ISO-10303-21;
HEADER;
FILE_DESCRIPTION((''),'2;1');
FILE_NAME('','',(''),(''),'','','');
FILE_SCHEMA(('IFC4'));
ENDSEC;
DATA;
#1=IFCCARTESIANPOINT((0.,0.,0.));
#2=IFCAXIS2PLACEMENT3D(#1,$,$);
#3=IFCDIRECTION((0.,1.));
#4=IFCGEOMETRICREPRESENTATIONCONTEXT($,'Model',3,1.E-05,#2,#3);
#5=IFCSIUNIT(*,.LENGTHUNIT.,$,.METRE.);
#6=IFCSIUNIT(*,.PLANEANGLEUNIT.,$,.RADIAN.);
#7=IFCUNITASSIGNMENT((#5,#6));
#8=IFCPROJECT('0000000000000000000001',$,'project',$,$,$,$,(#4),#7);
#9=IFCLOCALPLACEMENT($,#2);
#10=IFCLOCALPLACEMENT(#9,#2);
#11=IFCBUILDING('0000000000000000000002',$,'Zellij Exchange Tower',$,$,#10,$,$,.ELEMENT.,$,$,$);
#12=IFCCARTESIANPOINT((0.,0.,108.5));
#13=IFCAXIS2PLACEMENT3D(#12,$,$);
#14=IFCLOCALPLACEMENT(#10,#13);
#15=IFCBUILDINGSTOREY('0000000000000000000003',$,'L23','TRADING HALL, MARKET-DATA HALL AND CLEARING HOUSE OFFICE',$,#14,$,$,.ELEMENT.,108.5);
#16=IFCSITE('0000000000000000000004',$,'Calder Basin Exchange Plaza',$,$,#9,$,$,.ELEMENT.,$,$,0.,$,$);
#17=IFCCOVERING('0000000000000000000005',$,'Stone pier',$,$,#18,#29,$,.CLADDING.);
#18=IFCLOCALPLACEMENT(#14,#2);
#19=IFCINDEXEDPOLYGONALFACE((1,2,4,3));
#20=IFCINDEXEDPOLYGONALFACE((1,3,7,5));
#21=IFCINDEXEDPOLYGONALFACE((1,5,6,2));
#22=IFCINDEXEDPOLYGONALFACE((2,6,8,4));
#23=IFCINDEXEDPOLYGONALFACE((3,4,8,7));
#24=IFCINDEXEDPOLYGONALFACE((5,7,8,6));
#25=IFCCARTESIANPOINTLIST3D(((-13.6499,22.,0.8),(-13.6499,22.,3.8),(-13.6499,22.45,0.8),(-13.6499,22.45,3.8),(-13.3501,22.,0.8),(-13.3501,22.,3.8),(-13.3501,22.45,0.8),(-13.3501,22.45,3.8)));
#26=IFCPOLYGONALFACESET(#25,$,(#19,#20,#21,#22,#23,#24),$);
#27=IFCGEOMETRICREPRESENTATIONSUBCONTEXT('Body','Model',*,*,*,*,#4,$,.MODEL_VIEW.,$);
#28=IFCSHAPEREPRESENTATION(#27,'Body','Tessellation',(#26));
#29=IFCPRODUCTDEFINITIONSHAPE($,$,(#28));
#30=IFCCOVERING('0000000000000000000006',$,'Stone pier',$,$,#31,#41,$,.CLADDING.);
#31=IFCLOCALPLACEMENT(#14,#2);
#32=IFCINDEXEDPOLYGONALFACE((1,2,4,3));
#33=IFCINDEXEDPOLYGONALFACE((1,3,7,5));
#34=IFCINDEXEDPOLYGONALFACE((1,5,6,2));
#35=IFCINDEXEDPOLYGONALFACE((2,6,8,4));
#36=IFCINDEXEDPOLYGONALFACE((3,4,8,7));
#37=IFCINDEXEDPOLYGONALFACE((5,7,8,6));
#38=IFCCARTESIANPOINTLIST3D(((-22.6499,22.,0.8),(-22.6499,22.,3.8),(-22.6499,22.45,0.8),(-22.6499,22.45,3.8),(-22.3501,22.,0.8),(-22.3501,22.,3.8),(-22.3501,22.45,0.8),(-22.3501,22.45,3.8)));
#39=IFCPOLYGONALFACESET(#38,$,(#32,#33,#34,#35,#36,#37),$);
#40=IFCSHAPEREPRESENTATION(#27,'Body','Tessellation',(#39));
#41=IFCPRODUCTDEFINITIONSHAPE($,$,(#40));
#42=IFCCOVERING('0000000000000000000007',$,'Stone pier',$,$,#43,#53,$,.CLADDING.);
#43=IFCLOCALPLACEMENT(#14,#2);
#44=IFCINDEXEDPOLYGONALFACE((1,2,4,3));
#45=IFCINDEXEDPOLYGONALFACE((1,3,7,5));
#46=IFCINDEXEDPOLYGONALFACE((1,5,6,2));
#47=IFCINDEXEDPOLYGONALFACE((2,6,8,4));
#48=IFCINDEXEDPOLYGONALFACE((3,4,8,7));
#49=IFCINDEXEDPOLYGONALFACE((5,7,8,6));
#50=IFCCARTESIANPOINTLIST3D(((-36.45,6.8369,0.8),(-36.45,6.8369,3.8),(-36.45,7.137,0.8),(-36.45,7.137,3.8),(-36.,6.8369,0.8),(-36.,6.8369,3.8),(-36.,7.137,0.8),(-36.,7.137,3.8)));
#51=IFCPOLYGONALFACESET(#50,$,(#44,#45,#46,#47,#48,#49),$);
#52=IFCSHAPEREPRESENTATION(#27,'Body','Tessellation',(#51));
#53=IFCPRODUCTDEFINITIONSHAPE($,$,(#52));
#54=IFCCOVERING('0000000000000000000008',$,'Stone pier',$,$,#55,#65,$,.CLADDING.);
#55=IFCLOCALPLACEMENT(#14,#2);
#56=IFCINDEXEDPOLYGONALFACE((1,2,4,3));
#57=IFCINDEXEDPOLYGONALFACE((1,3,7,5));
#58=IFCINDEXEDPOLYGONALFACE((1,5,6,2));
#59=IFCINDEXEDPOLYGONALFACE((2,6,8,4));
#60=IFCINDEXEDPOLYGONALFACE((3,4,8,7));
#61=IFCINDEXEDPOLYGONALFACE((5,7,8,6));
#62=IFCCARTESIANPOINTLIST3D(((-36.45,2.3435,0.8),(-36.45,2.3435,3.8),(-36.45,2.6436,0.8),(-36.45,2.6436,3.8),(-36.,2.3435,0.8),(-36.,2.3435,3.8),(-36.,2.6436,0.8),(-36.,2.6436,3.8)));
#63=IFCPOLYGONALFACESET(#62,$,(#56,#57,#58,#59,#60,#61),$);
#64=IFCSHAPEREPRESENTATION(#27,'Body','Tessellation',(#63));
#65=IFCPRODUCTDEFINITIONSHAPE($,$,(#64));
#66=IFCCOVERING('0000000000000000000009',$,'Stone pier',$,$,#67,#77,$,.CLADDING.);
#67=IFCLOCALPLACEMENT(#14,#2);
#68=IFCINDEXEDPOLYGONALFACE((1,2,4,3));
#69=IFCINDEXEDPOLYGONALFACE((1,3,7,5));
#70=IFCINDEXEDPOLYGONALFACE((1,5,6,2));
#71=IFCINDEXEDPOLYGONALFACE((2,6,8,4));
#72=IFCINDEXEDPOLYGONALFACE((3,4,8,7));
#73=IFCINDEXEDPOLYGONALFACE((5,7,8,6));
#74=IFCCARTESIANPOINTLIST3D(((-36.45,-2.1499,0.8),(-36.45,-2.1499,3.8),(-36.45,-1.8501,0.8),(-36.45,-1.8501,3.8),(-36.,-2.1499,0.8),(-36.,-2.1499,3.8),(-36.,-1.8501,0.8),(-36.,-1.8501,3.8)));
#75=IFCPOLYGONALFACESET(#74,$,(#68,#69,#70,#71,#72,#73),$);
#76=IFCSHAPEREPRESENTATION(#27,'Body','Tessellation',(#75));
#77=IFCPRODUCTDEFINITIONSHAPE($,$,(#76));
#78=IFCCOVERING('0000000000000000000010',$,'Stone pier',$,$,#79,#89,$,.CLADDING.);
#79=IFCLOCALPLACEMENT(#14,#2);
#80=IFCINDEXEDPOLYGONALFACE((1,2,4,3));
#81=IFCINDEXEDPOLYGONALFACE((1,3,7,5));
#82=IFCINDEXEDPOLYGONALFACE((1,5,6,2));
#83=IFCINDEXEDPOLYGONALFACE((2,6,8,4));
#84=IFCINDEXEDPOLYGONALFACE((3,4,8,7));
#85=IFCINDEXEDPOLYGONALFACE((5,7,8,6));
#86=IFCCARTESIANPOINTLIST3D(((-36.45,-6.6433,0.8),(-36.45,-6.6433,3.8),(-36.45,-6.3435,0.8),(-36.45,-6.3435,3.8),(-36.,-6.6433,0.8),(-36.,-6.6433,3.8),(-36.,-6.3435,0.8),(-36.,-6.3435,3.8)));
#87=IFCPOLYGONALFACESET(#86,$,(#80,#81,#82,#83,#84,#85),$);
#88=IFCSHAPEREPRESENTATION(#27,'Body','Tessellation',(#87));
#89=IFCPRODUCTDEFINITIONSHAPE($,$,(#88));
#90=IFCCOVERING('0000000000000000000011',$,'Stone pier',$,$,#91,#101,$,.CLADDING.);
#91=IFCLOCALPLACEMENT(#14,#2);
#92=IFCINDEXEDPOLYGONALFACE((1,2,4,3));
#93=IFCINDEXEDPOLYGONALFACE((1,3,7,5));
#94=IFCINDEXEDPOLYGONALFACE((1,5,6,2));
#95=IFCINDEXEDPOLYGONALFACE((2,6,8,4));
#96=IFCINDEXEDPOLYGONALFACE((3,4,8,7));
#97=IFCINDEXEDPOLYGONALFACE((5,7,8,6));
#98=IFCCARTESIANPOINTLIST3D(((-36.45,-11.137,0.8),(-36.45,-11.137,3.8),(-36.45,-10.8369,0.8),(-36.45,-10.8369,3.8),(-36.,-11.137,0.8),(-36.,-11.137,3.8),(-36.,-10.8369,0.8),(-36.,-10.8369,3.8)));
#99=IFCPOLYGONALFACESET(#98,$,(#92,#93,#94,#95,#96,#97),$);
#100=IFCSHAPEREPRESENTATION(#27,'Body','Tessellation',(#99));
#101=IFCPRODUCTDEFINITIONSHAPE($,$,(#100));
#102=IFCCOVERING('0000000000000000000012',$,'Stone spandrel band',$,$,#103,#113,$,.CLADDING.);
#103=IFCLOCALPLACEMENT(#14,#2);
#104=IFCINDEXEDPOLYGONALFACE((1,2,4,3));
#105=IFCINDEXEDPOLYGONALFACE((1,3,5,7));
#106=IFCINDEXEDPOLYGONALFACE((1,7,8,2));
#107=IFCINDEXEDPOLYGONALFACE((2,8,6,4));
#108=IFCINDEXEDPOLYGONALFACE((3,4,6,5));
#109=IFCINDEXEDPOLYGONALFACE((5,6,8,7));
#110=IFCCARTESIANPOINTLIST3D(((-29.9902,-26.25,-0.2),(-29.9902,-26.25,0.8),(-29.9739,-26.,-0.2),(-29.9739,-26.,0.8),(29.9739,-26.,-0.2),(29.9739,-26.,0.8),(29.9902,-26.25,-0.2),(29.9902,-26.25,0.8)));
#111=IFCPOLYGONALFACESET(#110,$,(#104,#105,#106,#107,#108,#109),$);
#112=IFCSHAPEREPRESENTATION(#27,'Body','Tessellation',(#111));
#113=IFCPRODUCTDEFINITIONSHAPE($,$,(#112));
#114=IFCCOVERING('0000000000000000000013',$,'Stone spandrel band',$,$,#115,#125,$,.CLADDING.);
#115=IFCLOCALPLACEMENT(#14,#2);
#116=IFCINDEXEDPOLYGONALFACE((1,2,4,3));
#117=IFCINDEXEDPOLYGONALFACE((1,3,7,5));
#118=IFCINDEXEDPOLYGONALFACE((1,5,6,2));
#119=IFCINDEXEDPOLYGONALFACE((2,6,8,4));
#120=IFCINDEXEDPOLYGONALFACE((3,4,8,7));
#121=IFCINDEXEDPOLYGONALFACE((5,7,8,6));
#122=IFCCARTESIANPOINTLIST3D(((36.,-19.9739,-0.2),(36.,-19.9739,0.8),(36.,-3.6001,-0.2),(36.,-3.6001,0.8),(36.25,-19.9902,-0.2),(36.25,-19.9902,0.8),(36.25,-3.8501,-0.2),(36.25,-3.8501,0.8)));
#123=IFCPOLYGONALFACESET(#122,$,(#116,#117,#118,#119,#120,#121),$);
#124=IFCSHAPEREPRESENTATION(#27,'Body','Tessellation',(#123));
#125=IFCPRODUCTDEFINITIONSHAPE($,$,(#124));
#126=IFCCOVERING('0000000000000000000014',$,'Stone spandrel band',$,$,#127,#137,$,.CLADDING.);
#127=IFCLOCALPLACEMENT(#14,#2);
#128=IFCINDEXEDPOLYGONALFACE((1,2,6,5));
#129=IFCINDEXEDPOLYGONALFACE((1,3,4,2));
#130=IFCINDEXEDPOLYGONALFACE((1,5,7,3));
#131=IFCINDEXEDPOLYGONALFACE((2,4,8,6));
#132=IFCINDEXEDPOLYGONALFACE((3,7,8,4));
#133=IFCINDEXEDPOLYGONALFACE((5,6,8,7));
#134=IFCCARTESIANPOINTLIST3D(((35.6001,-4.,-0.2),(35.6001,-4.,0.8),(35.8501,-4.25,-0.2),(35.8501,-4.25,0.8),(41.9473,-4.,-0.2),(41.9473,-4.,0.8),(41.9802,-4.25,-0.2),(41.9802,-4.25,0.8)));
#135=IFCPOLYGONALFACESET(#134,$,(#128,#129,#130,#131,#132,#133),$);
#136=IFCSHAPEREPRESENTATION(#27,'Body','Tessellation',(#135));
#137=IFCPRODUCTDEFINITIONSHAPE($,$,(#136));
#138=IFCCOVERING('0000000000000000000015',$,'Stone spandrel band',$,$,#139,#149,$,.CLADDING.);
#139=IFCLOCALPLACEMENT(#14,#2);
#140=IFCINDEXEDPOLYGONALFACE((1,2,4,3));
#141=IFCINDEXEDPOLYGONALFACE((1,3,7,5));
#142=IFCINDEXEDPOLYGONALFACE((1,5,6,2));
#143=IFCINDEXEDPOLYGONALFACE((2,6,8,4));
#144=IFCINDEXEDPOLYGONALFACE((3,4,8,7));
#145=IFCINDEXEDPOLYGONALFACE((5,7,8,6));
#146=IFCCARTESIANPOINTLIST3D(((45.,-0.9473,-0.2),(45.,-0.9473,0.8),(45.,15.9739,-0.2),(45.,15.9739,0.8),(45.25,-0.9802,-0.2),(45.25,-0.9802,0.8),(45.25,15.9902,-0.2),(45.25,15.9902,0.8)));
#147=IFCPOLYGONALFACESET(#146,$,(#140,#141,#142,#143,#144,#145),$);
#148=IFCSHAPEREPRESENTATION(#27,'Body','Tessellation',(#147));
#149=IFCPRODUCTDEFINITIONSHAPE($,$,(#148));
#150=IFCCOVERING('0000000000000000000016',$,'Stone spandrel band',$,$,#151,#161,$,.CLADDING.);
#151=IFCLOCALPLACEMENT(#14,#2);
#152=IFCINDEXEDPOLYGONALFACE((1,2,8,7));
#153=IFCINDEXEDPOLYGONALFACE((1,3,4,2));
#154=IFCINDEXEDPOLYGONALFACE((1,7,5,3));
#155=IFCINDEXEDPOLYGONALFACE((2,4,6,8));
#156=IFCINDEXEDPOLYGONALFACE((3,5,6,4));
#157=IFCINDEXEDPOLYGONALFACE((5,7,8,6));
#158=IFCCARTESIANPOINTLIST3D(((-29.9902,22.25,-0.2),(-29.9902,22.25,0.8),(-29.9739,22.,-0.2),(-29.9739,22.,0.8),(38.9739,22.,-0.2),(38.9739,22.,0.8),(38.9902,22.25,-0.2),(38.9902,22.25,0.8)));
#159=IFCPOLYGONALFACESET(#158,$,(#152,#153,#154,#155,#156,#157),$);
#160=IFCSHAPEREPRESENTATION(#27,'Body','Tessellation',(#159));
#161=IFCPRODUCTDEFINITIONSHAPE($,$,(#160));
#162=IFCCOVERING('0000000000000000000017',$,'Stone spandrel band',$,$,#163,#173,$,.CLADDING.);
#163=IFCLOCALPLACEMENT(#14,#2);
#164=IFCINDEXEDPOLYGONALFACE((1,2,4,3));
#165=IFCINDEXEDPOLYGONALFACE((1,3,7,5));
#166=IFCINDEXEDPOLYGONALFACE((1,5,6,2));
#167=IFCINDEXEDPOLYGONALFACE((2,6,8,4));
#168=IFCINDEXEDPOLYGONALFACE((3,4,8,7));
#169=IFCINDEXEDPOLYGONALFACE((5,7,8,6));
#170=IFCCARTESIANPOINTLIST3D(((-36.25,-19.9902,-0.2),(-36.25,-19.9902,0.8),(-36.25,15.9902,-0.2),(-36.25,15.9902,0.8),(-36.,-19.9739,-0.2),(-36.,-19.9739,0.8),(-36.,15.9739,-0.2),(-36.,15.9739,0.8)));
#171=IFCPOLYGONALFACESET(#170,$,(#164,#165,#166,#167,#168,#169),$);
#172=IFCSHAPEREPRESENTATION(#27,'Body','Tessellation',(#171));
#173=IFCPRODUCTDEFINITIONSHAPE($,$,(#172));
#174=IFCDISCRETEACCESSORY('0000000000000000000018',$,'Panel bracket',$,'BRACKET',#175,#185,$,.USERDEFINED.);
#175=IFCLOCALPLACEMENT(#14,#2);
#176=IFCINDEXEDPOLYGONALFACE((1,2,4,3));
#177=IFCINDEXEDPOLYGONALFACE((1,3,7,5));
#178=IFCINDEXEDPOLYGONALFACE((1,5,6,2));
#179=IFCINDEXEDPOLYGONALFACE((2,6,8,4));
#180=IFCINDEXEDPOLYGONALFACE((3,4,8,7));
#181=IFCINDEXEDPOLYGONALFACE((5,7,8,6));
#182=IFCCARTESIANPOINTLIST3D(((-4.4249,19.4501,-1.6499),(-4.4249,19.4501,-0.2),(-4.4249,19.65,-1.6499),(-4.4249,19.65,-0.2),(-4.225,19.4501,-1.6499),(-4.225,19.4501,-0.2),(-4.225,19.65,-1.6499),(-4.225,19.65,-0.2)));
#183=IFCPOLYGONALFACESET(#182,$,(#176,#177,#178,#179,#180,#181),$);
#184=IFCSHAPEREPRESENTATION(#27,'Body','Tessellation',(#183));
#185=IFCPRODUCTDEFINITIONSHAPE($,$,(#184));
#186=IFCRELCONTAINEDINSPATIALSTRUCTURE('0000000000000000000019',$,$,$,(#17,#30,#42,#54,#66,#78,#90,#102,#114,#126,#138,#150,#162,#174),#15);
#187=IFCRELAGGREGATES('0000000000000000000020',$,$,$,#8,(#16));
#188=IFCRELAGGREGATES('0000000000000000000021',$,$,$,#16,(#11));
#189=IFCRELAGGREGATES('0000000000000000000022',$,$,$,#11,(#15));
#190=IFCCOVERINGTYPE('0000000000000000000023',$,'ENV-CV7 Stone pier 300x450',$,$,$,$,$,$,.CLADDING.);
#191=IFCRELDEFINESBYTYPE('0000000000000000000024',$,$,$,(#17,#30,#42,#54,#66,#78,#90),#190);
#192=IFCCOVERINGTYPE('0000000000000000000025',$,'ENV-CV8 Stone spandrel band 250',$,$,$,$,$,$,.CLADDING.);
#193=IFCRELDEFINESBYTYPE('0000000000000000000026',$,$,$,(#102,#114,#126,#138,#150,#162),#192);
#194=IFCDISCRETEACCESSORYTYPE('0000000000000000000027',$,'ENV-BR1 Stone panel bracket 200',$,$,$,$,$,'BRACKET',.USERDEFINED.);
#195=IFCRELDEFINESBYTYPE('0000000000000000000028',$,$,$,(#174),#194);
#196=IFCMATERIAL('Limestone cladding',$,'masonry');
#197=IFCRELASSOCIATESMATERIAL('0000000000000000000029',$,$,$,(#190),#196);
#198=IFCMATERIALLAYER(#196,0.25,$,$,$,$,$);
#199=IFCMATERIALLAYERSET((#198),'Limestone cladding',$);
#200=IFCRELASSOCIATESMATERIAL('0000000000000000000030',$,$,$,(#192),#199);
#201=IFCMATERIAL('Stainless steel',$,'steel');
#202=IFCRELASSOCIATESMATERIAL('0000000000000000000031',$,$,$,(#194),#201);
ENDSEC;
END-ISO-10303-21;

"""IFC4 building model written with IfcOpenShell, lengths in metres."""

from ifc_helpers import new_model, si_unit, direction, frame, origin, origin_2d, place, context, subcontext, project, spatial, polyline, rectangle, outline, extrude, material, layer, layer_set, type_object, element, save


model = new_model("IFC4")

# Units and contexts
model_context = context("Model", 3, precision=1e-05, world=origin(), true_north=direction((0.0, 1.0)))
body_context = subcontext(model_context, "Body", "Model", "MODEL_VIEW")
ifc_project = project(units=[si_unit("LENGTHUNIT", "METRE"), si_unit("PLANEANGLEUNIT", "RADIAN")], contexts=[model_context])

# Site, building, storey
site_placement = place(None, origin())
site = spatial("IfcSite", under=ifc_project, at=site_placement, Name="Calder Basin Exchange Plaza", CompositionType="ELEMENT", RefElevation=0.0)
building_placement = place(site_placement, origin())
building = spatial("IfcBuilding", under=site, at=building_placement, Name="Zellij Exchange Tower", CompositionType="ELEMENT")
storey_placement = place(building_placement, frame((0.0, 0.0, 108.5)))
storey = spatial("IfcBuildingStorey", under=building, at=storey_placement, Name="L23", Description="TRADING HALL, MARKET-DATA HALL AND CLEARING HOUSE OFFICE", CompositionType="ELEMENT", Elevation=108.5)

# Coverings
ifc_material_1 = material(Name="Limestone cladding", Category="masonry")
covering_type_1 = type_object("IfcCoveringType", Name="ENV-CV7 Stone pier 300x450", PredefinedType="CLADDING", material=ifc_material_1)
covering_1_placement = place(storey_placement, frame((0.0, 0.0, 0.8)))
element("IfcCovering", 1, at=covering_1_placement, inside=storey, type_object=covering_type_1, Name="Stone pier", PredefinedType="CLADDING", context=body_context, shape_type="SweptSolid", body=[
    extrude(outline(polyline([(-13.3501, 22.0), (-13.6499, 22.0), (-13.6499, 22.45), (-13.3501, 22.45), (-13.3501, 22.0)])), origin(), (0.0, 0.0, 1.0), 3.0),
])
covering_2_placement = place(storey_placement, frame((0.0, 0.0, 0.8)))
element("IfcCovering", 2, at=covering_2_placement, inside=storey, type_object=covering_type_1, Name="Stone pier", PredefinedType="CLADDING", context=body_context, shape_type="SweptSolid", body=[
    extrude(outline(polyline([(-22.3501, 22.0), (-22.6499, 22.0), (-22.6499, 22.45), (-22.3501, 22.45), (-22.3501, 22.0)])), origin(), (0.0, 0.0, 1.0), 3.0),
])
covering_3_placement = place(storey_placement, frame((0.0, 0.0, 0.8)))
element("IfcCovering", 3, at=covering_3_placement, inside=storey, type_object=covering_type_1, Name="Stone pier", PredefinedType="CLADDING", context=body_context, shape_type="SweptSolid", body=[
    extrude(outline(polyline([(-36.0, 7.137), (-36.0, 6.8369), (-36.45, 6.8369), (-36.45, 7.137), (-36.0, 7.137)])), origin(), (0.0, 0.0, 1.0), 3.0),
])
covering_4_placement = place(storey_placement, frame((0.0, 0.0, 0.8)))
element("IfcCovering", 4, at=covering_4_placement, inside=storey, type_object=covering_type_1, Name="Stone pier", PredefinedType="CLADDING", context=body_context, shape_type="SweptSolid", body=[
    extrude(outline(polyline([(-36.0, 2.6436), (-36.0, 2.3435), (-36.45, 2.3435), (-36.45, 2.6436), (-36.0, 2.6436)])), origin(), (0.0, 0.0, 1.0), 3.0),
])
covering_5_placement = place(storey_placement, frame((0.0, 0.0, 0.8)))
element("IfcCovering", 5, at=covering_5_placement, inside=storey, type_object=covering_type_1, Name="Stone pier", PredefinedType="CLADDING", context=body_context, shape_type="SweptSolid", body=[
    extrude(outline(polyline([(-36.0, -1.8501), (-36.0, -2.1499), (-36.45, -2.1499), (-36.45, -1.8501), (-36.0, -1.8501)])), origin(), (0.0, 0.0, 1.0), 3.0),
])
covering_6_placement = place(storey_placement, frame((0.0, 0.0, 0.8)))
element("IfcCovering", 6, at=covering_6_placement, inside=storey, type_object=covering_type_1, Name="Stone pier", PredefinedType="CLADDING", context=body_context, shape_type="SweptSolid", body=[
    extrude(outline(polyline([(-36.0, -6.3435), (-36.0, -6.6433), (-36.45, -6.6433), (-36.45, -6.3435), (-36.0, -6.3435)])), origin(), (0.0, 0.0, 1.0), 3.0),
])
covering_7_placement = place(storey_placement, frame((0.0, 0.0, 0.8)))
element("IfcCovering", 7, at=covering_7_placement, inside=storey, type_object=covering_type_1, Name="Stone pier", PredefinedType="CLADDING", context=body_context, shape_type="SweptSolid", body=[
    extrude(outline(polyline([(-36.0, -10.8369), (-36.0, -11.137), (-36.45, -11.137), (-36.45, -10.8369), (-36.0, -10.8369)])), origin(), (0.0, 0.0, 1.0), 3.0),
])
ifc_layer_1 = layer(ifc_material_1, 0.25)
ifc_layer_set_1 = layer_set([ifc_layer_1], Name="Limestone cladding")
covering_type_2 = type_object("IfcCoveringType", Name="ENV-CV8 Stone spandrel band 250", PredefinedType="CLADDING", material=ifc_layer_set_1)
covering_8_placement = place(storey_placement, frame((0.0, 0.0, -0.2)))
element("IfcCovering", 8, at=covering_8_placement, inside=storey, type_object=covering_type_2, Name="Stone spandrel band", PredefinedType="CLADDING", context=body_context, shape_type="SweptSolid", body=[
    extrude(outline(polyline([(-29.9739, -26.0), (29.9739, -26.0), (29.9902, -26.25), (-29.9902, -26.25), (-29.9739, -26.0)])), origin(), (0.0, 0.0, 1.0), 1.0),
])
covering_9_placement = place(storey_placement, frame((0.0, 0.0, -0.2)))
element("IfcCovering", 9, at=covering_9_placement, inside=storey, type_object=covering_type_2, Name="Stone spandrel band", PredefinedType="CLADDING", context=body_context, shape_type="SweptSolid", body=[
    extrude(outline(polyline([(36.0, -19.9739), (36.0, -3.6001), (36.25, -3.8501), (36.25, -19.9902), (36.0, -19.9739)])), origin(), (0.0, 0.0, 1.0), 1.0),
])
covering_10_placement = place(storey_placement, frame((0.0, 0.0, -0.2)))
element("IfcCovering", 10, at=covering_10_placement, inside=storey, type_object=covering_type_2, Name="Stone spandrel band", PredefinedType="CLADDING", context=body_context, shape_type="SweptSolid", body=[
    extrude(outline(polyline([(35.6001, -4.0), (41.9473, -4.0), (41.9802, -4.25), (35.8501, -4.25), (35.6001, -4.0)])), origin(), (0.0, 0.0, 1.0), 1.0),
])
covering_11_placement = place(storey_placement, frame((0.0, 0.0, -0.2)))
element("IfcCovering", 11, at=covering_11_placement, inside=storey, type_object=covering_type_2, Name="Stone spandrel band", PredefinedType="CLADDING", context=body_context, shape_type="SweptSolid", body=[
    extrude(outline(polyline([(45.0, -0.9473), (45.0, 15.9739), (45.25, 15.9902), (45.25, -0.9802), (45.0, -0.9473)])), origin(), (0.0, 0.0, 1.0), 1.0),
])
covering_12_placement = place(storey_placement, frame((0.0, 0.0, -0.2)))
element("IfcCovering", 12, at=covering_12_placement, inside=storey, type_object=covering_type_2, Name="Stone spandrel band", PredefinedType="CLADDING", context=body_context, shape_type="SweptSolid", body=[
    extrude(outline(polyline([(38.9739, 22.0), (-29.9739, 22.0), (-29.9902, 22.25), (38.9902, 22.25), (38.9739, 22.0)])), origin(), (0.0, 0.0, 1.0), 1.0),
])
covering_13_placement = place(storey_placement, frame((0.0, 0.0, -0.2)))
element("IfcCovering", 13, at=covering_13_placement, inside=storey, type_object=covering_type_2, Name="Stone spandrel band", PredefinedType="CLADDING", context=body_context, shape_type="SweptSolid", body=[
    extrude(outline(polyline([(-36.0, 15.9739), (-36.0, -19.9739), (-36.25, -19.9902), (-36.25, 15.9902), (-36.0, 15.9739)])), origin(), (0.0, 0.0, 1.0), 1.0),
])

# Discrete accessory
ifc_material_2 = material(Name="Stainless steel", Category="steel")
discrete_accessory_type = type_object("IfcDiscreteAccessoryType", Name="ENV-BR1 Stone panel bracket 200", ElementType="BRACKET", PredefinedType="USERDEFINED", material=ifc_material_2)
discrete_accessory_placement = place(storey_placement, frame((-4.325, 19.55, -1.6499), z_axis=(0.0, 0.0, 1.0), x_axis=(1.0, 0.0, 0.0)))
element("IfcDiscreteAccessory", 14, at=discrete_accessory_placement, inside=storey, type_object=discrete_accessory_type, Name="Panel bracket", ObjectType="BRACKET", PredefinedType="USERDEFINED", context=body_context, shape_type="SweptSolid", body=[
    extrude(rectangle(XDim=0.2, YDim=0.2, at=origin_2d()), origin(), (0.0, 0.0, 1.0), 1.45),
])

save(model, "model.ifc")
